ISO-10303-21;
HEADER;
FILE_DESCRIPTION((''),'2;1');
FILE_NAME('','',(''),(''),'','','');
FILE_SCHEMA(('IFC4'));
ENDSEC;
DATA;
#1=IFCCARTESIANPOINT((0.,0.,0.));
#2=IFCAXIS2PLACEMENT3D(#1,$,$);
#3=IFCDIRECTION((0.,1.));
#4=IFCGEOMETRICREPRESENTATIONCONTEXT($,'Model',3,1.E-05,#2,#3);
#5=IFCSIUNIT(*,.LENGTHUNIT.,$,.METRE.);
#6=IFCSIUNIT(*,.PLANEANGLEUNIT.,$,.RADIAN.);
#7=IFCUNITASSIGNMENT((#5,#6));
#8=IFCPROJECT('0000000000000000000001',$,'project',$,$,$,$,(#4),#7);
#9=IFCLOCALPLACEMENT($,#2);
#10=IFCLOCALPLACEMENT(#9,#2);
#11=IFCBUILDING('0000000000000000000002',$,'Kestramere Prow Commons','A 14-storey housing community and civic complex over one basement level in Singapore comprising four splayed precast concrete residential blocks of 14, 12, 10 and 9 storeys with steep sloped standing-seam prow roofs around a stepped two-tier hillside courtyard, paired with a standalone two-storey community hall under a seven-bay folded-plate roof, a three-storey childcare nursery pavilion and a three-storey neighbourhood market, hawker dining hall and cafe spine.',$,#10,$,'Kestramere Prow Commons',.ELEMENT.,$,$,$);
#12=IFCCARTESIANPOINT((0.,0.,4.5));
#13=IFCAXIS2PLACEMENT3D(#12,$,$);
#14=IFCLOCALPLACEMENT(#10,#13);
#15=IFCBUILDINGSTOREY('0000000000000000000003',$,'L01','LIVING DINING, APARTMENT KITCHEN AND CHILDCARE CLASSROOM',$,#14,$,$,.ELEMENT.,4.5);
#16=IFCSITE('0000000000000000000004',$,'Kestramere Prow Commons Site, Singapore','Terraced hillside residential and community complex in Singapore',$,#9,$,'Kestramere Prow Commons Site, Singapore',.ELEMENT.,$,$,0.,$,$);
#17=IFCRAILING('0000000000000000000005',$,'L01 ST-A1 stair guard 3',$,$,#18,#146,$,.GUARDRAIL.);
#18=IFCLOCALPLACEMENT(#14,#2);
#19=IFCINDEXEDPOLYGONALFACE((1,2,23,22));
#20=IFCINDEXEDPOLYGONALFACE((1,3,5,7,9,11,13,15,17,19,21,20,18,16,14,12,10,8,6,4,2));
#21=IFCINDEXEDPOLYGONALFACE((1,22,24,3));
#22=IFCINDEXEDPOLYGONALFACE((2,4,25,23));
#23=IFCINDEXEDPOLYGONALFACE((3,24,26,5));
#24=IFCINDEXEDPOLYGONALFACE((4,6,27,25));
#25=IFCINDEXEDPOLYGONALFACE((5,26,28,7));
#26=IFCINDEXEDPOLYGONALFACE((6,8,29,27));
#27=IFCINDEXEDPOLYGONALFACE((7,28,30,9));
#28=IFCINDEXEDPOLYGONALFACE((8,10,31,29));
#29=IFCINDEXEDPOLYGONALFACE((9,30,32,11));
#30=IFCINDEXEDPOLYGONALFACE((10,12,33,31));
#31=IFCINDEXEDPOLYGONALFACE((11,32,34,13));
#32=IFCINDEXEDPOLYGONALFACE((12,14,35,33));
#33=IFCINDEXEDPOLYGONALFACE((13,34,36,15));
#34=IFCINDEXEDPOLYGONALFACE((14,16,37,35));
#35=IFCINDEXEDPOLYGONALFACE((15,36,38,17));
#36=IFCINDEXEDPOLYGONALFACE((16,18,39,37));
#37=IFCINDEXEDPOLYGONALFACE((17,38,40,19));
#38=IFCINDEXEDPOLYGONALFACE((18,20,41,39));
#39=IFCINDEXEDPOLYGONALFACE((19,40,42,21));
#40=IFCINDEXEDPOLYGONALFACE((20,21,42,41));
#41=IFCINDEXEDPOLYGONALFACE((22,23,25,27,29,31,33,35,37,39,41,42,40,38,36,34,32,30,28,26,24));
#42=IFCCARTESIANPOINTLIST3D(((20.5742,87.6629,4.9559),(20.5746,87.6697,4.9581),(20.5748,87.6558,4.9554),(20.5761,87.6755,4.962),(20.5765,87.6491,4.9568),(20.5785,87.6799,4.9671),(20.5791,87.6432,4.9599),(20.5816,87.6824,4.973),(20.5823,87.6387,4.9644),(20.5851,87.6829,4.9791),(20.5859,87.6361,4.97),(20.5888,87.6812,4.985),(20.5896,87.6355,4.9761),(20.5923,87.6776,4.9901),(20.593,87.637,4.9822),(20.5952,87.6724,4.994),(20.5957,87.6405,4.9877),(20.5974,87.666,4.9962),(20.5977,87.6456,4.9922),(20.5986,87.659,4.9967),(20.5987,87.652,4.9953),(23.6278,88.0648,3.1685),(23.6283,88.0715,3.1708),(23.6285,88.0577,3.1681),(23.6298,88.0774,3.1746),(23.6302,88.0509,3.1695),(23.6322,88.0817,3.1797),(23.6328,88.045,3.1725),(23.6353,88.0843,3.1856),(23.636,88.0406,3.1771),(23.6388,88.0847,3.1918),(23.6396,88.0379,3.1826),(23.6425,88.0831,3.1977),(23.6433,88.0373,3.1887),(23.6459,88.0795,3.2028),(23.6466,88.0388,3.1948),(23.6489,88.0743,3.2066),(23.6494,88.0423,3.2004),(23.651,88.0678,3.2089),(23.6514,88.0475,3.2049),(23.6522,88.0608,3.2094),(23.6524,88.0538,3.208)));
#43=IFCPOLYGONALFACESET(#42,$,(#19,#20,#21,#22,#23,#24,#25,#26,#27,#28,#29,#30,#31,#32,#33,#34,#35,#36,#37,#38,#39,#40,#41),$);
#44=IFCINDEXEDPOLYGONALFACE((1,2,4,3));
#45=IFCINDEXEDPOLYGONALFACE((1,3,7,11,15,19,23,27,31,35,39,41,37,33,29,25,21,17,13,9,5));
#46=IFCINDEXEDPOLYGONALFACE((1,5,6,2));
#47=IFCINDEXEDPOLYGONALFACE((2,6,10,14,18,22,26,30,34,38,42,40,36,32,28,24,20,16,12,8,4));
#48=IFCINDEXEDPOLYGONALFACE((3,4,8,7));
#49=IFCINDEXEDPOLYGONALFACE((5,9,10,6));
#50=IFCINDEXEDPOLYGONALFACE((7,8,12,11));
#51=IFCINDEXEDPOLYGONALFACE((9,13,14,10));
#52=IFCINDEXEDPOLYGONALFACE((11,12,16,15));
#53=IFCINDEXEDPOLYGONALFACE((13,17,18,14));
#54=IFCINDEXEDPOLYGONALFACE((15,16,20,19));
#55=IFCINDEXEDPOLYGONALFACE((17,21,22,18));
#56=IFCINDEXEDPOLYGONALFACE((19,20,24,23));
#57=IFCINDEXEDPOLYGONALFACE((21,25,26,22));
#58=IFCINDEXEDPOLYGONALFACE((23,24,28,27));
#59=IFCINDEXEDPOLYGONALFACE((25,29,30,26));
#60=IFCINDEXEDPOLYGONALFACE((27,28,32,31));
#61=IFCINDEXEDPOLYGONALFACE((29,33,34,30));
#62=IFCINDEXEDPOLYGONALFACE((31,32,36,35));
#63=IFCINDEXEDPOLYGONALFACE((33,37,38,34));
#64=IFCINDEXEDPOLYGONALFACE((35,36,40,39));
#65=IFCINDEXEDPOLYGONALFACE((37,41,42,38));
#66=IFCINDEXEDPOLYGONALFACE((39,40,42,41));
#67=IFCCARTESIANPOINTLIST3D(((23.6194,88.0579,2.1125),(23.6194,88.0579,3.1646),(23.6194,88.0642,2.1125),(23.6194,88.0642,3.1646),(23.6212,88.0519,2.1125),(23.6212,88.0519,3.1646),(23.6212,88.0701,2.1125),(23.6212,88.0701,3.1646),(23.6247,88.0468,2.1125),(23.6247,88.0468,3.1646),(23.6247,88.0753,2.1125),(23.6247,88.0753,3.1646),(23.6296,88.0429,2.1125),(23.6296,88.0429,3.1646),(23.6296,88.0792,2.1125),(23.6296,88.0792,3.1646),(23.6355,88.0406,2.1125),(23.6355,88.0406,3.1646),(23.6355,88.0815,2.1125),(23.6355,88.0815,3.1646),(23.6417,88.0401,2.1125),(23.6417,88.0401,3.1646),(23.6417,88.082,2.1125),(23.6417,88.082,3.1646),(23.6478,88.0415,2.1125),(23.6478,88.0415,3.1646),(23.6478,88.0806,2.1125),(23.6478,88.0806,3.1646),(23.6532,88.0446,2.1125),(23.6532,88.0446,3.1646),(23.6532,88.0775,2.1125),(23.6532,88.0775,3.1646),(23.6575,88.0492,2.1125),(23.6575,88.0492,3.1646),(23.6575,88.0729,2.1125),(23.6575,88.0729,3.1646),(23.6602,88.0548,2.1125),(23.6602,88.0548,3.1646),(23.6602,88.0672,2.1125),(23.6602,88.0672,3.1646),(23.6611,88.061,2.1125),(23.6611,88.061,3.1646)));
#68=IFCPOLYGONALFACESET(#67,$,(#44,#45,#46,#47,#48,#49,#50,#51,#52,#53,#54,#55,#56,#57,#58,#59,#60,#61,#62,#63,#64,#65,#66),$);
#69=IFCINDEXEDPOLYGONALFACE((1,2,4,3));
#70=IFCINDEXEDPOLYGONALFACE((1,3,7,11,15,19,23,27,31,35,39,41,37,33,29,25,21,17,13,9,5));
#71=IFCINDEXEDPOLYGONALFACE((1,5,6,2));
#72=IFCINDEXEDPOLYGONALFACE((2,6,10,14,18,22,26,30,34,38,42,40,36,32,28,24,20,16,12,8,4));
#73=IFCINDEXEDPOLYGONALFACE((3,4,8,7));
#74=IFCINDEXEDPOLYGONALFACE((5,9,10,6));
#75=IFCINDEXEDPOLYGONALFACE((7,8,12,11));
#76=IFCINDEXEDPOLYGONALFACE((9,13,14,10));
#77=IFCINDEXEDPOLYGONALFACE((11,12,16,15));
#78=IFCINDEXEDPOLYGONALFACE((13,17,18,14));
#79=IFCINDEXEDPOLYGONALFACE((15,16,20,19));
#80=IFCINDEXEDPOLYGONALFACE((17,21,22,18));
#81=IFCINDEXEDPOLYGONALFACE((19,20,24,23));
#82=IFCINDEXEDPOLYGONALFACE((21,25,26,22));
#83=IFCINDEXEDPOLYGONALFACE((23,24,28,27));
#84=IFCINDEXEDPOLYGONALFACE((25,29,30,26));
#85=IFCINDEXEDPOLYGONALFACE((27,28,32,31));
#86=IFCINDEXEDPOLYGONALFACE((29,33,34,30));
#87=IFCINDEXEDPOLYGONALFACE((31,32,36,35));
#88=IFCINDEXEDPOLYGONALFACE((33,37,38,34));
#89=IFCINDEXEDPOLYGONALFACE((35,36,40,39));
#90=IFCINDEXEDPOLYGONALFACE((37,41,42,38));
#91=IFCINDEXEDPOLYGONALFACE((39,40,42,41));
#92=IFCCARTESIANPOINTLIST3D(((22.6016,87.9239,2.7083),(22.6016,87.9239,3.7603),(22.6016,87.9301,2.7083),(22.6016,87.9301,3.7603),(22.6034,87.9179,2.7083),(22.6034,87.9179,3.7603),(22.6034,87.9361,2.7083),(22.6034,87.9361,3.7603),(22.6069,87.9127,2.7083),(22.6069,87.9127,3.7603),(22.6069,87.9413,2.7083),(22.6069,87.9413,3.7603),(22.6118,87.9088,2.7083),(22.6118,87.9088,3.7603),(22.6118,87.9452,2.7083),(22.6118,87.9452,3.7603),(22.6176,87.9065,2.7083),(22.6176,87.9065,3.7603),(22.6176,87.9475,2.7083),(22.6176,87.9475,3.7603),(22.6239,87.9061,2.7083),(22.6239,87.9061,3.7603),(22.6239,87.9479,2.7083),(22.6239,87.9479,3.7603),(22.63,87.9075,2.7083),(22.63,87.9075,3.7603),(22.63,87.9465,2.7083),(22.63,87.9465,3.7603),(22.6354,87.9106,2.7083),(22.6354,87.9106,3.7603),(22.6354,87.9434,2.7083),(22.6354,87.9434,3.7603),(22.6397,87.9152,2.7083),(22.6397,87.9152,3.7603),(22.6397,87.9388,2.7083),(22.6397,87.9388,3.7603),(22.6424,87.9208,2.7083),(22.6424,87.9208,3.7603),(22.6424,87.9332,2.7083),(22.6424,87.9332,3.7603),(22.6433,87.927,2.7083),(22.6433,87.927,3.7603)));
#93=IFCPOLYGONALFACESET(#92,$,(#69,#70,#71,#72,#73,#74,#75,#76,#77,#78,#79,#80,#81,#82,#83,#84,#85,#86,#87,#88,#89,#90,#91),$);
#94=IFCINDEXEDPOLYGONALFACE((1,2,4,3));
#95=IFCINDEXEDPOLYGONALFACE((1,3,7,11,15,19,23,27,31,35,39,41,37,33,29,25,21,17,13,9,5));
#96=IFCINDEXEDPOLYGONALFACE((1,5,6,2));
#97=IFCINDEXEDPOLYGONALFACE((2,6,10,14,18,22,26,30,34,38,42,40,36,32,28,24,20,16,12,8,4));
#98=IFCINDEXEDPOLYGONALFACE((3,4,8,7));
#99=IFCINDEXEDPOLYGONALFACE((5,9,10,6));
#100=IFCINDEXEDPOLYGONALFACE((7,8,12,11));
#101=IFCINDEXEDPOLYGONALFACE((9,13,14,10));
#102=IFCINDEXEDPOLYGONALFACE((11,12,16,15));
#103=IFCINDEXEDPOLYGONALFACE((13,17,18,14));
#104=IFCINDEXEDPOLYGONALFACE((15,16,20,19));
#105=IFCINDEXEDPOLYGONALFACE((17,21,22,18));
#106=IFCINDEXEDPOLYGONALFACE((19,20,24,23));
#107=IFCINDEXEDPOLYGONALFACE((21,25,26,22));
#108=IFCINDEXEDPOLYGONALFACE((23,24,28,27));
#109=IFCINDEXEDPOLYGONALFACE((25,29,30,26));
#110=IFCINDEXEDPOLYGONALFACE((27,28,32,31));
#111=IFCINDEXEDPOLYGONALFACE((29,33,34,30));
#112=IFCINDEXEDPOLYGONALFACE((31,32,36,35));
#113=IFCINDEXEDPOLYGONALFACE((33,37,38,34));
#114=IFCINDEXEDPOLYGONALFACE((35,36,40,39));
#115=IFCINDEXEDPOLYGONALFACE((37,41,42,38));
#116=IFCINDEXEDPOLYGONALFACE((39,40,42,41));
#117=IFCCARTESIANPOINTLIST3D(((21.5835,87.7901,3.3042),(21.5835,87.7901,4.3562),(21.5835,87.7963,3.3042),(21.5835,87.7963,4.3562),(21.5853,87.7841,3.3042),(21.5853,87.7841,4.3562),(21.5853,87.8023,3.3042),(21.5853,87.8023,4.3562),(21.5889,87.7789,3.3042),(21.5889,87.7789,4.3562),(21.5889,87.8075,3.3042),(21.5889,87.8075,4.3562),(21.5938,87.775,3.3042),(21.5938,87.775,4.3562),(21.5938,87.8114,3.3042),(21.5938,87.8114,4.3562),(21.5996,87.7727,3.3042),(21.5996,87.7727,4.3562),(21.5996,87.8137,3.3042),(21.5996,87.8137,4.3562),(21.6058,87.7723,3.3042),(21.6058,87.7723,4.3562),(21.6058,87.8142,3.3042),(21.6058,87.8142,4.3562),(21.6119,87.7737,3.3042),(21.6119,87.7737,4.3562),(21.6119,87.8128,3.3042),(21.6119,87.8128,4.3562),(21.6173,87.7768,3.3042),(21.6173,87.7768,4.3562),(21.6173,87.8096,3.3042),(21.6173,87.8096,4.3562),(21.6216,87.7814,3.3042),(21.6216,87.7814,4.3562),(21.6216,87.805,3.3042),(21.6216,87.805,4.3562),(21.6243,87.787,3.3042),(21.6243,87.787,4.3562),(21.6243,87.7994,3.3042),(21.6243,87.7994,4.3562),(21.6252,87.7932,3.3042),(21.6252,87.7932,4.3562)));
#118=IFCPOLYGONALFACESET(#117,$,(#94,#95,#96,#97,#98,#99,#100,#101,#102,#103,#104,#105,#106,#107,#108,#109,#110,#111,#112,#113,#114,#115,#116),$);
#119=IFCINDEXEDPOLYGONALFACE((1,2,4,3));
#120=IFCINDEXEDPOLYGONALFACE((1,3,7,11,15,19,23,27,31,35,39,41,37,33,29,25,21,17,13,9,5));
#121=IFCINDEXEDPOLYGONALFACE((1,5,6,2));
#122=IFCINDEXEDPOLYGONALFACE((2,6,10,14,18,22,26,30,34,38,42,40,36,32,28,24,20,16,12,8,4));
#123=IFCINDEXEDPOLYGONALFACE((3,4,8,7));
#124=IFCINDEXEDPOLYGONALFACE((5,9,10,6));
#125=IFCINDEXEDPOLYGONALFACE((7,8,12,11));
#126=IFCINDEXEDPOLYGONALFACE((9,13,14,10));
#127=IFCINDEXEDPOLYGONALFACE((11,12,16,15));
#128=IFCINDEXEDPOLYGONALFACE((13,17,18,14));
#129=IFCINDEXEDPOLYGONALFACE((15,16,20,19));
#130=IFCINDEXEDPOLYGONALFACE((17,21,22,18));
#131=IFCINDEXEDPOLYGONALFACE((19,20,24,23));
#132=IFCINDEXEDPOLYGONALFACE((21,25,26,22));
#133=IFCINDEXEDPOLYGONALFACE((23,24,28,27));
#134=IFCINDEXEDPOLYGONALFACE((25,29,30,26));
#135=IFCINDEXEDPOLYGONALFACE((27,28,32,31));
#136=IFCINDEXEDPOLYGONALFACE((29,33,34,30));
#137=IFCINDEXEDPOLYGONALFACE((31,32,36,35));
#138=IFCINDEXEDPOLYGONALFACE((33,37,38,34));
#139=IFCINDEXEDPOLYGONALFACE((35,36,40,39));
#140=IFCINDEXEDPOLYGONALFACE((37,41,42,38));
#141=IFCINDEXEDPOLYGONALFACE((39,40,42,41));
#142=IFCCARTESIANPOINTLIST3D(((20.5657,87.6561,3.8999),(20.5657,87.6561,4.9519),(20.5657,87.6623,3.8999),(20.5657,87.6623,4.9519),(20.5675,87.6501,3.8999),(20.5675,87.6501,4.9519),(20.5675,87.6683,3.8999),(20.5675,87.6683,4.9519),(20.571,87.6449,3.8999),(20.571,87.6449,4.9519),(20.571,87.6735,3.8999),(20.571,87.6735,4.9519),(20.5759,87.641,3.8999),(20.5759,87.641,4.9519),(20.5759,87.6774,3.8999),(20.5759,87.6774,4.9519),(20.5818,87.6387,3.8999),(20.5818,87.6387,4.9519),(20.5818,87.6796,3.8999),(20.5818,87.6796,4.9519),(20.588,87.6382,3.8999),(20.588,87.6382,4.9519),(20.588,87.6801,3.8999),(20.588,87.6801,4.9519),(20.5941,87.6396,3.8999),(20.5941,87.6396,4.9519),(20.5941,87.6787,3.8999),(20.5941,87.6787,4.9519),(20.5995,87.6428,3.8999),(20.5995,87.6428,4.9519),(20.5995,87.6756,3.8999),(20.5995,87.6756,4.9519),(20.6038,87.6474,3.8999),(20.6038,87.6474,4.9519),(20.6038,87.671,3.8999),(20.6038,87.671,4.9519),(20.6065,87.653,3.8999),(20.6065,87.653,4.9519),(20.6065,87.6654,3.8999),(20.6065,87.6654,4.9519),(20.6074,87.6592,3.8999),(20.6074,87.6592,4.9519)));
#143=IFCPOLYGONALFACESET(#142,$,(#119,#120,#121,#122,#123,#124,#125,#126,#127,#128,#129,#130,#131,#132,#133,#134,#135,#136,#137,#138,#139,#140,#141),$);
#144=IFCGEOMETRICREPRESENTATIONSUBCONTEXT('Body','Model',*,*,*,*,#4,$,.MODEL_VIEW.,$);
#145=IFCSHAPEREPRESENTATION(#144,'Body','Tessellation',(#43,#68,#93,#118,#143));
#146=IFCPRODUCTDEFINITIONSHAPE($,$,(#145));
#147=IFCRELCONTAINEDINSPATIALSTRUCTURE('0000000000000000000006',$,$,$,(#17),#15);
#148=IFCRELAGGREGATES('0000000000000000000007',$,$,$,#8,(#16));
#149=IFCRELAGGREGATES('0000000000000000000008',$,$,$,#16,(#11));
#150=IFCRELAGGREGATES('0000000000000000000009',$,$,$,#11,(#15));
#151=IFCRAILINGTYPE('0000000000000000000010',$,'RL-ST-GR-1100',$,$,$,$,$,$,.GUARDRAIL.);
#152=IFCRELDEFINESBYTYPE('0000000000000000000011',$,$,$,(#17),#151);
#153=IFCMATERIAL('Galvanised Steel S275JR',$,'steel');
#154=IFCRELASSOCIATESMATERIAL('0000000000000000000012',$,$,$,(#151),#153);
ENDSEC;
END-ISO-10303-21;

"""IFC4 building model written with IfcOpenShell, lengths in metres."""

from ifc_helpers import new_model, si_unit, direction, frame, origin, origin_2d, place, context, subcontext, project, spatial, circle, extrude, material, type_object, element, save


model = new_model("IFC4")

# Units and contexts
model_context = context("Model", 3, precision=1e-05, world=origin(), true_north=direction((0.0, 1.0)))
body_context = subcontext(model_context, "Body", "Model", "MODEL_VIEW")
ifc_project = project(units=[si_unit("LENGTHUNIT", "METRE"), si_unit("PLANEANGLEUNIT", "RADIAN")], contexts=[model_context])

# Site, building, storey
site_placement = place(None, origin())
site = spatial("IfcSite", under=ifc_project, at=site_placement, Name="Kestramere Prow Commons Site, Singapore", Description="Terraced hillside residential and community complex in Singapore", LongName="Kestramere Prow Commons Site, Singapore", CompositionType="ELEMENT", RefElevation=0.0)
building_placement = place(site_placement, origin())
building = spatial("IfcBuilding", under=site, at=building_placement, Name="Kestramere Prow Commons", Description="A 14-storey housing community and civic complex over one basement level in Singapore comprising four splayed precast concrete residential blocks of 14, 12, 10 and 9 storeys with steep sloped standing-seam prow roofs around a stepped two-tier hillside courtyard, paired with a standalone two-storey community hall under a seven-bay folded-plate roof, a three-storey childcare nursery pavilion and a three-storey neighbourhood market, hawker dining hall and cafe spine.", LongName="Kestramere Prow Commons", CompositionType="ELEMENT")
storey_placement = place(building_placement, frame((0.0, 0.0, 4.5)))
storey = spatial("IfcBuildingStorey", under=building, at=storey_placement, Name="L01", Description="LIVING DINING, APARTMENT KITCHEN AND CHILDCARE CLASSROOM", CompositionType="ELEMENT", Elevation=4.5)

# Railing
ifc_material_1 = material(Name="Galvanised Steel S275JR", Category="steel")
railing_type_1 = type_object("IfcRailingType", Name="RL-ST-GR-1100", PredefinedType="GUARDRAIL", material=ifc_material_1)
railing_1_placement = place(storey_placement, frame((23.6401, 88.061, 2.1125)))
element("IfcRailing", 1, at=railing_1_placement, inside=storey, type_object=railing_type_1, Name="L01 ST-A1 stair guard 3", PredefinedType="GUARDRAIL", context=body_context, shape_type="SweptSolid", body=[
    extrude(circle(Radius=0.0239, at=origin_2d()), frame((0.0, 0.0, 1.0762), z_axis=(-0.857524, -0.112847, 0.501914), x_axis=(0.130471, -0.991452, 0.0)), (0.0, 0.0, 1.0), 3.561),
    extrude(circle(Radius=0.021, at=origin_2d()), origin(), (0.0, 0.0, 1.0), 1.052),
    extrude(circle(Radius=0.021, at=origin_2d()), frame((-1.0178, -0.134, 0.5957)), (0.0, 0.0, 1.0), 1.052),
    extrude(circle(Radius=0.021, at=origin_2d()), frame((-2.0359, -0.2678, 1.1917)), (0.0, 0.0, 1.0), 1.052),
    extrude(circle(Radius=0.021, at=origin_2d()), frame((-3.0537, -0.4019, 1.7874)), (0.0, 0.0, 1.0), 1.052),
])

save(model, "model.ifc")
